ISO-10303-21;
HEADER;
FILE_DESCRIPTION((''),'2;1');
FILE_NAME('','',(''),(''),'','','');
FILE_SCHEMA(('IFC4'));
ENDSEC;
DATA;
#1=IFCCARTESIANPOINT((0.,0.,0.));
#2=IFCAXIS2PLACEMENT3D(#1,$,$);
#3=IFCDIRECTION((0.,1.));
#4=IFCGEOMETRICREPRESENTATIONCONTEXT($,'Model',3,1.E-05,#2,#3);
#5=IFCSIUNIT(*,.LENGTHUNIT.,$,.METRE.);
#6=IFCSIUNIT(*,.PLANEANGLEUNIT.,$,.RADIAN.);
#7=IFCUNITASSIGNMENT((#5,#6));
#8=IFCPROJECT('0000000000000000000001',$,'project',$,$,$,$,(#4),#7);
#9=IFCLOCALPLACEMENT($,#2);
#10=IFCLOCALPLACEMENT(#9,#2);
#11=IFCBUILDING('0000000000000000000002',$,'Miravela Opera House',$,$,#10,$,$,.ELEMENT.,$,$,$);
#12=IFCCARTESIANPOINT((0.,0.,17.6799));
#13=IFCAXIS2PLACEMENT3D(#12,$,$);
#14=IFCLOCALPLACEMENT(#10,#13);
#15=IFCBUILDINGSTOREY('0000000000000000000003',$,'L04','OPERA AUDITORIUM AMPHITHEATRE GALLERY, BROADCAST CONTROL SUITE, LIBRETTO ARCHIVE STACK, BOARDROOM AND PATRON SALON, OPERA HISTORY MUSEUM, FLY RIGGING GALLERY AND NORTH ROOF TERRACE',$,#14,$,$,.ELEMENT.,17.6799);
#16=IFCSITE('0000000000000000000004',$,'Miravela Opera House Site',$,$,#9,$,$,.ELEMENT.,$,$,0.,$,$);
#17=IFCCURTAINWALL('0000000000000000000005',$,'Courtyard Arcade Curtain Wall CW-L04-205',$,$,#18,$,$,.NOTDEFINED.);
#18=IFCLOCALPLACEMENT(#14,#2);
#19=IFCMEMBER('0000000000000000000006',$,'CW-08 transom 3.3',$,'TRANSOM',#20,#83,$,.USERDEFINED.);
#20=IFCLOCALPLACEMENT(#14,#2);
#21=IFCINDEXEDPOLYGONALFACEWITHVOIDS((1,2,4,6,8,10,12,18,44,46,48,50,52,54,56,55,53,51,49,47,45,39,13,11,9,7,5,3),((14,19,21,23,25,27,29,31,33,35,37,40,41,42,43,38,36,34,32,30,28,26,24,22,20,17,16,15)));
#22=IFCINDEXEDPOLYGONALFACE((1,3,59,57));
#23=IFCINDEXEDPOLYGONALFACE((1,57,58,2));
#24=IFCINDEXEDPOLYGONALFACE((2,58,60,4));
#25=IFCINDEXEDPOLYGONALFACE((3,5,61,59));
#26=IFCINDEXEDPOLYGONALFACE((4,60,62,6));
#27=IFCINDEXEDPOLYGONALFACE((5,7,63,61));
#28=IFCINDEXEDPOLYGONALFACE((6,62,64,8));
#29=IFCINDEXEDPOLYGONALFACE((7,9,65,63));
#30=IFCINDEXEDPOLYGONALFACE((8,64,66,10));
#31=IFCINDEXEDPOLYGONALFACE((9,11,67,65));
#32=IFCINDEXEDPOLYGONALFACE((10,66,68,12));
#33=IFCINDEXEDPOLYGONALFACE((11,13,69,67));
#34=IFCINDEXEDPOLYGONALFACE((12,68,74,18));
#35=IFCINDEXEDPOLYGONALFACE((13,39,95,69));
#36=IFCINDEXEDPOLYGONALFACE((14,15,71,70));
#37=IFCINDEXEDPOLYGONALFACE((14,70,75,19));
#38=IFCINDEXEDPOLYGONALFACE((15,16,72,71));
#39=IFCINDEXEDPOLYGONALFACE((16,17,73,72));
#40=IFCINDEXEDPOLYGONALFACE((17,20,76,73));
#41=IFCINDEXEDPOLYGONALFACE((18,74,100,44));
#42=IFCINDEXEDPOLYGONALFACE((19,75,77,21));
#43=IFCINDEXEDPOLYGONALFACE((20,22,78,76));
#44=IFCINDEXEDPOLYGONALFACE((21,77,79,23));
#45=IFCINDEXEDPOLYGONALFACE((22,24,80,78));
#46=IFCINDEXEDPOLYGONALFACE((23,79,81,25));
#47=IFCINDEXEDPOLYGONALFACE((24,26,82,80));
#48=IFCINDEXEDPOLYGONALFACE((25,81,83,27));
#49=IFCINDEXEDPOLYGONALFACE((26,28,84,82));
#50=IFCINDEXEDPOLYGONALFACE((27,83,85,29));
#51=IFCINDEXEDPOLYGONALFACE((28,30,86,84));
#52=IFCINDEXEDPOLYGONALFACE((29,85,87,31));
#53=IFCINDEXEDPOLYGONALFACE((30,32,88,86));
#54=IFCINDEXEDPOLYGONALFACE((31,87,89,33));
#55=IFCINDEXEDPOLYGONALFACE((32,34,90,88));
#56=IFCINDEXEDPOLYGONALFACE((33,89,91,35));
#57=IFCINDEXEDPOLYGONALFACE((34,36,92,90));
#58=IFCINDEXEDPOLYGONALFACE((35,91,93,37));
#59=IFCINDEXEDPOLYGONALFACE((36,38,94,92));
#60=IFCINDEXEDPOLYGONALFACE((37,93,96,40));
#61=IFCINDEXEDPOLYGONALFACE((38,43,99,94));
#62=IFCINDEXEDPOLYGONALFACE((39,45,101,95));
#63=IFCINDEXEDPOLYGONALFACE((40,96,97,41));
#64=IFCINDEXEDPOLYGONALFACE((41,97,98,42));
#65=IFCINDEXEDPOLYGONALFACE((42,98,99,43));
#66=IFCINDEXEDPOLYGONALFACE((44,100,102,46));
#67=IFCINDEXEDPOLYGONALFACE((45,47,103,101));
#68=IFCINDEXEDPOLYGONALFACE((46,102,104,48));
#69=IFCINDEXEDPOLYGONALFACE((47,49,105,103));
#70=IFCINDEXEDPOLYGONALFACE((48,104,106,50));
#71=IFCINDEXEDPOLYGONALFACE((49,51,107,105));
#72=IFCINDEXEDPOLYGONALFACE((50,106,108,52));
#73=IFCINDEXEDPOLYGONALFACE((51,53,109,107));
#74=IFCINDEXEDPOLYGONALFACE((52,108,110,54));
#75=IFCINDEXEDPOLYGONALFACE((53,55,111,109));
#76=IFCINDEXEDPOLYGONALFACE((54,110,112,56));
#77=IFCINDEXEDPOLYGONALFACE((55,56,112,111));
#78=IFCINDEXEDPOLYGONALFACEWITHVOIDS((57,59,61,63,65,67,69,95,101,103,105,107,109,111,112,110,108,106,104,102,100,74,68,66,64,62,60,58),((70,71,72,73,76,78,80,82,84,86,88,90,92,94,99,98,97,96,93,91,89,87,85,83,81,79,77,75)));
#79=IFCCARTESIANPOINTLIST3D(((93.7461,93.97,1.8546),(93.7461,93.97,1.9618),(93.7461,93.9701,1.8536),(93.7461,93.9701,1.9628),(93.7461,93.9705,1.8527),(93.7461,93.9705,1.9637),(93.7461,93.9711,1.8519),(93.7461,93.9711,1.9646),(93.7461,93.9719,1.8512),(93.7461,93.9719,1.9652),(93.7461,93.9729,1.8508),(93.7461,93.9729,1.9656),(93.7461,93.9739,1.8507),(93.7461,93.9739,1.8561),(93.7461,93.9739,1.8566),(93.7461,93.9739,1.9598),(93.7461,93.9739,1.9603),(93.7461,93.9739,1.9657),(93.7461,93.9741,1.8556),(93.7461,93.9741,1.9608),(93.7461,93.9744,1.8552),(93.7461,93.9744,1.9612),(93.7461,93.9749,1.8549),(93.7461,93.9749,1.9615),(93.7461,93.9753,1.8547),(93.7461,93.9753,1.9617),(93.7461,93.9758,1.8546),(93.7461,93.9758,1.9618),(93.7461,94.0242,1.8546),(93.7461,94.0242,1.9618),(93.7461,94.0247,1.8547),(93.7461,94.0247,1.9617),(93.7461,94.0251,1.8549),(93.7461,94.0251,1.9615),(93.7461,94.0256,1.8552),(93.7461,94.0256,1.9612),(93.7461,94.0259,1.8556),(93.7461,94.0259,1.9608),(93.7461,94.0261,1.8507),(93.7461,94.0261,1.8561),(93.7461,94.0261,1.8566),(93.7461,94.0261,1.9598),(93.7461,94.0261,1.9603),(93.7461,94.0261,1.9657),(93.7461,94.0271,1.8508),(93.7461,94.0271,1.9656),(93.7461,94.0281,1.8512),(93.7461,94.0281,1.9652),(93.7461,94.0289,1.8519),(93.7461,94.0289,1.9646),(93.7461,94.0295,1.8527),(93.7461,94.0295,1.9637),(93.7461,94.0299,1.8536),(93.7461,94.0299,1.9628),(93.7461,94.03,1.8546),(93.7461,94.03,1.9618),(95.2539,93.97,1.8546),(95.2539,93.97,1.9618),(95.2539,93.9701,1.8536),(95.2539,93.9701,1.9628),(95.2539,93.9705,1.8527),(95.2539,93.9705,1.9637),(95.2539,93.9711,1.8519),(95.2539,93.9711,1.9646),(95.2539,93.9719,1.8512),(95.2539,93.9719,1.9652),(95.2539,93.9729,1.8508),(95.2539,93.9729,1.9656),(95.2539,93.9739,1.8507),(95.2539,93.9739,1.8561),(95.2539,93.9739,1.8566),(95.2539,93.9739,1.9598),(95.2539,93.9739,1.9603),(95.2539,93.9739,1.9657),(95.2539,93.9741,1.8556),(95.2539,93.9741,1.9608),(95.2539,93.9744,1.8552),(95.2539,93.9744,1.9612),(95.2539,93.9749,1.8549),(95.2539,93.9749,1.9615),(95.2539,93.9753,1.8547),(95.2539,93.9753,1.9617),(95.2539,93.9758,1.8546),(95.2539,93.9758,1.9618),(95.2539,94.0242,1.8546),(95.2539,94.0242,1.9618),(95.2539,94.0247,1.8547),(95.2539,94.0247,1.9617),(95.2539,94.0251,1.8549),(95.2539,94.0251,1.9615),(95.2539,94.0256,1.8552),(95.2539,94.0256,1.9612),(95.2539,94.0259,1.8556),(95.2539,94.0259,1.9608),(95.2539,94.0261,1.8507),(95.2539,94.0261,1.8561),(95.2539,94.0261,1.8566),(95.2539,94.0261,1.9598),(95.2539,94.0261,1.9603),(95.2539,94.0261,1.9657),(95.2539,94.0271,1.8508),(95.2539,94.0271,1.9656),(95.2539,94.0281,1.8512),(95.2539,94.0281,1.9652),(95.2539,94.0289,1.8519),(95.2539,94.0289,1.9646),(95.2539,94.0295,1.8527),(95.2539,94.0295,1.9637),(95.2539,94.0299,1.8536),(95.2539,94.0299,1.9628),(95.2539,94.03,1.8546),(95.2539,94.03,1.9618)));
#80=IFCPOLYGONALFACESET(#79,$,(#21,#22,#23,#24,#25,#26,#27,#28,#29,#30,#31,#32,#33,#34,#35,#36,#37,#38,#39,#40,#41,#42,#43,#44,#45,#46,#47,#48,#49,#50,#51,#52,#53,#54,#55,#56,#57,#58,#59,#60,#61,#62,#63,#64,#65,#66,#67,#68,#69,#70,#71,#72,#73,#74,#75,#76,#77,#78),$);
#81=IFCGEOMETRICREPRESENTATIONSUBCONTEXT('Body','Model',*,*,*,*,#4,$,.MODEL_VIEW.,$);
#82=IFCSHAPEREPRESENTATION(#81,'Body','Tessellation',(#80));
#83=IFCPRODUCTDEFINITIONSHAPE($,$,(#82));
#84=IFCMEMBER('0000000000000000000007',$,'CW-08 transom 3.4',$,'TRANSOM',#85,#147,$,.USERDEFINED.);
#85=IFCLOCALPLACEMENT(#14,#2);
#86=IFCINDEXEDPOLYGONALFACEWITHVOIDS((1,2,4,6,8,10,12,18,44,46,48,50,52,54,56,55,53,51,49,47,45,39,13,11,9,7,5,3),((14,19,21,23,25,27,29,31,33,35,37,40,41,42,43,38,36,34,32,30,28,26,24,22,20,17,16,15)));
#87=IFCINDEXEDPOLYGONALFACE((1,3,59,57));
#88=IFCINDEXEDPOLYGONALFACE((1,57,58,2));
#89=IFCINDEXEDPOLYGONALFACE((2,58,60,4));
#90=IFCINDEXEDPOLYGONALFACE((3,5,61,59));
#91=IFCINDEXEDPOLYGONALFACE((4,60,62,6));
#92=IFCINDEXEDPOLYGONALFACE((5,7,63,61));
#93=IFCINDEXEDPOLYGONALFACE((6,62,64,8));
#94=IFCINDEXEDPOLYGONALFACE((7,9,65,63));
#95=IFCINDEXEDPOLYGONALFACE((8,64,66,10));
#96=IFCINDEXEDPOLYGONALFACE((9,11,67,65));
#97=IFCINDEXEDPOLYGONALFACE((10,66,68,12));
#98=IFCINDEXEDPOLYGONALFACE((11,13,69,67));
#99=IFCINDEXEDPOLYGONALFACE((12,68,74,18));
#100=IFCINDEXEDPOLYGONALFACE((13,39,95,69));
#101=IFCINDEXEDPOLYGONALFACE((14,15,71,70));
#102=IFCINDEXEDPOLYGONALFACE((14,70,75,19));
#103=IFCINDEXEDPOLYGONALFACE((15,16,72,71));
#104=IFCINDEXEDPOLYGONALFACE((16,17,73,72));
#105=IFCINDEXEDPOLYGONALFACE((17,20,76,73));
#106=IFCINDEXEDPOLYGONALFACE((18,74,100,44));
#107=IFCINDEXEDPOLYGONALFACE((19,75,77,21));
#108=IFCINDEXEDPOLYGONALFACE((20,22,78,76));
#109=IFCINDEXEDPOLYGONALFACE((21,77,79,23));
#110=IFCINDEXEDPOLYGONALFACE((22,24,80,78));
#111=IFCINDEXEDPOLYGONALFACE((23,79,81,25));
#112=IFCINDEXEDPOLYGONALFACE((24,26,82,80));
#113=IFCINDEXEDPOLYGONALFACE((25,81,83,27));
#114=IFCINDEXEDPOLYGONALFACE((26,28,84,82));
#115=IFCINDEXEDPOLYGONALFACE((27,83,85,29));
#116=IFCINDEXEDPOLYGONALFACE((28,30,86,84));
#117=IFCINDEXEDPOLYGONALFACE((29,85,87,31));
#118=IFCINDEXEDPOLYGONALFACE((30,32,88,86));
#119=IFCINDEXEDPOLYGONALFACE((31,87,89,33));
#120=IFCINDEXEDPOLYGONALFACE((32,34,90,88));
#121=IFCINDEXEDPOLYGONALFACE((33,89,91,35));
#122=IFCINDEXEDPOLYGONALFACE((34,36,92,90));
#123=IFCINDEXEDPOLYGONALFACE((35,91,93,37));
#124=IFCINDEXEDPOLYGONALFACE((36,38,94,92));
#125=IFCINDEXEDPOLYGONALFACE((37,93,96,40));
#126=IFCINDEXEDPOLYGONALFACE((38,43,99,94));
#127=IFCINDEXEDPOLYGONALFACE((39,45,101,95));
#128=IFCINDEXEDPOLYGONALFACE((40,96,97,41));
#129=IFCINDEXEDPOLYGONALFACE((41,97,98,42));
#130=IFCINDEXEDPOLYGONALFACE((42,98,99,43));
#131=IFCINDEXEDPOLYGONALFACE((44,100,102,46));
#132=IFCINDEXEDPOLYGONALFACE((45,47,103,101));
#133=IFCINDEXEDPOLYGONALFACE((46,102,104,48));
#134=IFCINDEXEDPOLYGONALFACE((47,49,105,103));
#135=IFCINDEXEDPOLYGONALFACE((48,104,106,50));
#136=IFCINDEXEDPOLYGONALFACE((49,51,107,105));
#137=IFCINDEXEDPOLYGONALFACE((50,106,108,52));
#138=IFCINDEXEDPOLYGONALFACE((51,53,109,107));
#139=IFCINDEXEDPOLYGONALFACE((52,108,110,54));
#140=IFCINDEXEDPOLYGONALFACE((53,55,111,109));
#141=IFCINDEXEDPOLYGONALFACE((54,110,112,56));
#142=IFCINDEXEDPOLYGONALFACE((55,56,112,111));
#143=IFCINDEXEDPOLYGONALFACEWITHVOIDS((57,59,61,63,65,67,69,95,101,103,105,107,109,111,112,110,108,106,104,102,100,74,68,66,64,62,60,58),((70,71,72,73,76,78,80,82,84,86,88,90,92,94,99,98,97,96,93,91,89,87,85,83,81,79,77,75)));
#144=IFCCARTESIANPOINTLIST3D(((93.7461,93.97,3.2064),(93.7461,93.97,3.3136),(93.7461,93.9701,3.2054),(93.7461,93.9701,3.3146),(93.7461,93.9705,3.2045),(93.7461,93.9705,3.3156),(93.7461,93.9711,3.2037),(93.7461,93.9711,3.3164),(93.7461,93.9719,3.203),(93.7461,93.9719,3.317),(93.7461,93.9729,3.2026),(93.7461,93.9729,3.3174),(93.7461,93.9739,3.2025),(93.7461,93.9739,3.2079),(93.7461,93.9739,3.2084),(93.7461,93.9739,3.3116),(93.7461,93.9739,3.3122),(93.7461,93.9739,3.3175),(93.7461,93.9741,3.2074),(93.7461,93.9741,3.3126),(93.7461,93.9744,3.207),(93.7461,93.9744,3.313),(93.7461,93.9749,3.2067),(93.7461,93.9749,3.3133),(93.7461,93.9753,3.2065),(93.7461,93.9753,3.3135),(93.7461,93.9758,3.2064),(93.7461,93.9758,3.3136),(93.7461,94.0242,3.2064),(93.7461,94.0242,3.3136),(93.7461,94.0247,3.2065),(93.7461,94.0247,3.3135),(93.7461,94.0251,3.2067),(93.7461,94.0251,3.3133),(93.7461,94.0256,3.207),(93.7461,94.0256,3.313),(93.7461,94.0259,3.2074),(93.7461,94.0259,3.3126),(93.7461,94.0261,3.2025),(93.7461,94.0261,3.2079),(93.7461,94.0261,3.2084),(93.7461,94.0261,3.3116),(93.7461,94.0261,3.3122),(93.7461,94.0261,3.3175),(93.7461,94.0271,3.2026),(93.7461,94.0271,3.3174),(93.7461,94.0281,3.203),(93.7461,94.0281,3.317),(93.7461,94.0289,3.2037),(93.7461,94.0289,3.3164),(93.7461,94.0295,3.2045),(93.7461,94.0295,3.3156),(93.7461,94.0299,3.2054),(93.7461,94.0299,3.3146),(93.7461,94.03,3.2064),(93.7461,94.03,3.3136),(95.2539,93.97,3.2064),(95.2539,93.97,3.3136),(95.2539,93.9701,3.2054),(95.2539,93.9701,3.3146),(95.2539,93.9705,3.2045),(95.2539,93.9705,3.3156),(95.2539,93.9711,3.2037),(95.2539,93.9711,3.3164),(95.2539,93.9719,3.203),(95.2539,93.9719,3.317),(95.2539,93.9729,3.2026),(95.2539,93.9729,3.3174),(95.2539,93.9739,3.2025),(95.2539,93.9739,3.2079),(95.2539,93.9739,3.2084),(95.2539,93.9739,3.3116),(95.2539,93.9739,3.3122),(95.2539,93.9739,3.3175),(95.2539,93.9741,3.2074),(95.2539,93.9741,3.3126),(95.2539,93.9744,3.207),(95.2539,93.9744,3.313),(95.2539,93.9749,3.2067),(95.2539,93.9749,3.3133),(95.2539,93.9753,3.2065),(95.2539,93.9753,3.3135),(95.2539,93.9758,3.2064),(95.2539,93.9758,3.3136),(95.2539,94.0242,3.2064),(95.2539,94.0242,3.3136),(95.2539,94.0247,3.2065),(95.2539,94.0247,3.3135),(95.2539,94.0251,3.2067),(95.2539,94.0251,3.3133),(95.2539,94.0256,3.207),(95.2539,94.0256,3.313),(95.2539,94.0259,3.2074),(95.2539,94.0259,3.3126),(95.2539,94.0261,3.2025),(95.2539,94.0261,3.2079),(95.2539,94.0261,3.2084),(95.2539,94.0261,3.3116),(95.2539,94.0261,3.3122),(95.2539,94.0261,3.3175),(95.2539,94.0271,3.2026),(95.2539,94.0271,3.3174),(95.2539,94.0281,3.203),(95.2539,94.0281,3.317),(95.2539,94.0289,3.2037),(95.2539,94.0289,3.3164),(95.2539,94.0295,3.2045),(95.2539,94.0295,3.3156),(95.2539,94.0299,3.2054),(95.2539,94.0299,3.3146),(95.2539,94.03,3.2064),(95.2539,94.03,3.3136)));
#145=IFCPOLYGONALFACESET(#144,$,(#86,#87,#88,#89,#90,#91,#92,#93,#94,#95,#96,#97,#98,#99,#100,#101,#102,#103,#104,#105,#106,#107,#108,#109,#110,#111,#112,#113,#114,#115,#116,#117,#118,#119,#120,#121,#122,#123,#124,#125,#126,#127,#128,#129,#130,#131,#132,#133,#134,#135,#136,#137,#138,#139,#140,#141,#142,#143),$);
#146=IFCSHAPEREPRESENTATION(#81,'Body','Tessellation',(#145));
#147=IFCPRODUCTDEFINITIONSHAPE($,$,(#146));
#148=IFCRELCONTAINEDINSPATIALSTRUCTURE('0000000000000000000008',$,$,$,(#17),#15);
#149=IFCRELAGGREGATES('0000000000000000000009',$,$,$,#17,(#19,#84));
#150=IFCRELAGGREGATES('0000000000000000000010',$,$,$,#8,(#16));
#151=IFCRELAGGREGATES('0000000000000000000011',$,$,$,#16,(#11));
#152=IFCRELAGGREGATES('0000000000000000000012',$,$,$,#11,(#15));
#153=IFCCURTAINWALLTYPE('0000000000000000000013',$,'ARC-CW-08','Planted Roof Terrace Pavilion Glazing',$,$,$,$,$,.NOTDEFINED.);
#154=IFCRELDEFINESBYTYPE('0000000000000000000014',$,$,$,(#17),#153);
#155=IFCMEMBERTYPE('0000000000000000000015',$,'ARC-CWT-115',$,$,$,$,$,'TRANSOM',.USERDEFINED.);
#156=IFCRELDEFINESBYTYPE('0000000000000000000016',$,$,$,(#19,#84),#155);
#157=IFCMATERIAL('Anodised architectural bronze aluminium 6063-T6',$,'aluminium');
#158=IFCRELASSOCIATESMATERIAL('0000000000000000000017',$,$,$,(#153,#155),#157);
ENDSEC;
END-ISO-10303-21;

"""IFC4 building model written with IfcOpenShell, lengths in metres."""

from ifc_helpers import new_model, si_unit, direction, frame, origin, origin_2d, place, context, subcontext, project, spatial, hollow_rectangle, extrude, material, material_profile, profile_set, type_object, element, aggregate, save


model = new_model("IFC4")

# Units and contexts
model_context = context("Model", 3, precision=1e-05, world=origin(), true_north=direction((0.0, 1.0)))
body_context = subcontext(model_context, "Body", "Model", "MODEL_VIEW")
ifc_project = project(units=[si_unit("LENGTHUNIT", "METRE"), si_unit("PLANEANGLEUNIT", "RADIAN")], contexts=[model_context])

# Site, building, storey
site_placement = place(None, origin())
site = spatial("IfcSite", under=ifc_project, at=site_placement, Name="Miravela Opera House Site", CompositionType="ELEMENT", RefElevation=0.0)
building_placement = place(site_placement, origin())
building = spatial("IfcBuilding", under=site, at=building_placement, Name="Miravela Opera House", CompositionType="ELEMENT")
storey_placement = place(building_placement, frame((0.0, 0.0, 17.6799)))
storey = spatial("IfcBuildingStorey", under=building, at=storey_placement, Name="L04", Description="OPERA AUDITORIUM AMPHITHEATRE GALLERY, BROADCAST CONTROL SUITE, LIBRETTO ARCHIVE STACK, BOARDROOM AND PATRON SALON, OPERA HISTORY MUSEUM, FLY RIGGING GALLERY AND NORTH ROOF TERRACE", CompositionType="ELEMENT", Elevation=17.6799)

# Curtain wall
ifc_material_1 = material(Name="Anodised architectural bronze aluminium 6063-T6", Category="aluminium")
curtain_wall_type = type_object("IfcCurtainWallType", Name="ARC-CW-08", Description="Planted Roof Terrace Pavilion Glazing", PredefinedType="NOTDEFINED", material=ifc_material_1)
curtain_wall_1_placement = place(storey_placement, origin())
curtain_wall_1 = element("IfcCurtainWall", 1, at=curtain_wall_1_placement, inside=storey, type_object=curtain_wall_type, Name="Courtyard Arcade Curtain Wall CW-L04-205", PredefinedType="NOTDEFINED")

# Members
ifc_material_profile_1 = material_profile(ifc_material_1, hollow_rectangle(XDim=0.0601, YDim=0.115, WallThickness=0.0039, InnerFilletRadius=0.002, OuterFilletRadius=0.0039, at=origin_2d()), Name="CWT-60X115")
ifc_profile_set_1 = profile_set([ifc_material_profile_1])
member_type_1 = type_object("IfcMemberType", Name="ARC-CWT-115", ElementType="TRANSOM", PredefinedType="USERDEFINED", material=ifc_profile_set_1)
member_1_placement = place(storey_placement, frame((93.7461, 94.0, 1.9082), z_axis=(1.0, 0.0, 0.0), x_axis=(0.0, 1.0, 0.0)))
member_1 = element("IfcMember", 2, at=member_1_placement, type_object=member_type_1, Name="CW-08 transom 3.3", ObjectType="TRANSOM", PredefinedType="USERDEFINED", context=body_context, shape_type="SweptSolid", body=[
    extrude(hollow_rectangle(XDim=0.0601, YDim=0.115, WallThickness=0.0039, InnerFilletRadius=0.002, OuterFilletRadius=0.0039, at=origin_2d()), origin(), (0.0, 0.0, 1.0), 1.5078),
])
member_2_placement = place(storey_placement, frame((93.7461, 94.0, 3.26), z_axis=(1.0, 0.0, 0.0), x_axis=(0.0, 1.0, 0.0)))
member_2 = element("IfcMember", 3, at=member_2_placement, type_object=member_type_1, Name="CW-08 transom 3.4", ObjectType="TRANSOM", PredefinedType="USERDEFINED", context=body_context, shape_type="SweptSolid", body=[
    extrude(hollow_rectangle(XDim=0.0601, YDim=0.115, WallThickness=0.0039, InnerFilletRadius=0.002, OuterFilletRadius=0.0039, at=origin_2d()), origin(), (0.0, 0.0, 1.0), 1.5078),
])

aggregate(curtain_wall_1, [member_1, member_2])

save(model, "model.ifc")
